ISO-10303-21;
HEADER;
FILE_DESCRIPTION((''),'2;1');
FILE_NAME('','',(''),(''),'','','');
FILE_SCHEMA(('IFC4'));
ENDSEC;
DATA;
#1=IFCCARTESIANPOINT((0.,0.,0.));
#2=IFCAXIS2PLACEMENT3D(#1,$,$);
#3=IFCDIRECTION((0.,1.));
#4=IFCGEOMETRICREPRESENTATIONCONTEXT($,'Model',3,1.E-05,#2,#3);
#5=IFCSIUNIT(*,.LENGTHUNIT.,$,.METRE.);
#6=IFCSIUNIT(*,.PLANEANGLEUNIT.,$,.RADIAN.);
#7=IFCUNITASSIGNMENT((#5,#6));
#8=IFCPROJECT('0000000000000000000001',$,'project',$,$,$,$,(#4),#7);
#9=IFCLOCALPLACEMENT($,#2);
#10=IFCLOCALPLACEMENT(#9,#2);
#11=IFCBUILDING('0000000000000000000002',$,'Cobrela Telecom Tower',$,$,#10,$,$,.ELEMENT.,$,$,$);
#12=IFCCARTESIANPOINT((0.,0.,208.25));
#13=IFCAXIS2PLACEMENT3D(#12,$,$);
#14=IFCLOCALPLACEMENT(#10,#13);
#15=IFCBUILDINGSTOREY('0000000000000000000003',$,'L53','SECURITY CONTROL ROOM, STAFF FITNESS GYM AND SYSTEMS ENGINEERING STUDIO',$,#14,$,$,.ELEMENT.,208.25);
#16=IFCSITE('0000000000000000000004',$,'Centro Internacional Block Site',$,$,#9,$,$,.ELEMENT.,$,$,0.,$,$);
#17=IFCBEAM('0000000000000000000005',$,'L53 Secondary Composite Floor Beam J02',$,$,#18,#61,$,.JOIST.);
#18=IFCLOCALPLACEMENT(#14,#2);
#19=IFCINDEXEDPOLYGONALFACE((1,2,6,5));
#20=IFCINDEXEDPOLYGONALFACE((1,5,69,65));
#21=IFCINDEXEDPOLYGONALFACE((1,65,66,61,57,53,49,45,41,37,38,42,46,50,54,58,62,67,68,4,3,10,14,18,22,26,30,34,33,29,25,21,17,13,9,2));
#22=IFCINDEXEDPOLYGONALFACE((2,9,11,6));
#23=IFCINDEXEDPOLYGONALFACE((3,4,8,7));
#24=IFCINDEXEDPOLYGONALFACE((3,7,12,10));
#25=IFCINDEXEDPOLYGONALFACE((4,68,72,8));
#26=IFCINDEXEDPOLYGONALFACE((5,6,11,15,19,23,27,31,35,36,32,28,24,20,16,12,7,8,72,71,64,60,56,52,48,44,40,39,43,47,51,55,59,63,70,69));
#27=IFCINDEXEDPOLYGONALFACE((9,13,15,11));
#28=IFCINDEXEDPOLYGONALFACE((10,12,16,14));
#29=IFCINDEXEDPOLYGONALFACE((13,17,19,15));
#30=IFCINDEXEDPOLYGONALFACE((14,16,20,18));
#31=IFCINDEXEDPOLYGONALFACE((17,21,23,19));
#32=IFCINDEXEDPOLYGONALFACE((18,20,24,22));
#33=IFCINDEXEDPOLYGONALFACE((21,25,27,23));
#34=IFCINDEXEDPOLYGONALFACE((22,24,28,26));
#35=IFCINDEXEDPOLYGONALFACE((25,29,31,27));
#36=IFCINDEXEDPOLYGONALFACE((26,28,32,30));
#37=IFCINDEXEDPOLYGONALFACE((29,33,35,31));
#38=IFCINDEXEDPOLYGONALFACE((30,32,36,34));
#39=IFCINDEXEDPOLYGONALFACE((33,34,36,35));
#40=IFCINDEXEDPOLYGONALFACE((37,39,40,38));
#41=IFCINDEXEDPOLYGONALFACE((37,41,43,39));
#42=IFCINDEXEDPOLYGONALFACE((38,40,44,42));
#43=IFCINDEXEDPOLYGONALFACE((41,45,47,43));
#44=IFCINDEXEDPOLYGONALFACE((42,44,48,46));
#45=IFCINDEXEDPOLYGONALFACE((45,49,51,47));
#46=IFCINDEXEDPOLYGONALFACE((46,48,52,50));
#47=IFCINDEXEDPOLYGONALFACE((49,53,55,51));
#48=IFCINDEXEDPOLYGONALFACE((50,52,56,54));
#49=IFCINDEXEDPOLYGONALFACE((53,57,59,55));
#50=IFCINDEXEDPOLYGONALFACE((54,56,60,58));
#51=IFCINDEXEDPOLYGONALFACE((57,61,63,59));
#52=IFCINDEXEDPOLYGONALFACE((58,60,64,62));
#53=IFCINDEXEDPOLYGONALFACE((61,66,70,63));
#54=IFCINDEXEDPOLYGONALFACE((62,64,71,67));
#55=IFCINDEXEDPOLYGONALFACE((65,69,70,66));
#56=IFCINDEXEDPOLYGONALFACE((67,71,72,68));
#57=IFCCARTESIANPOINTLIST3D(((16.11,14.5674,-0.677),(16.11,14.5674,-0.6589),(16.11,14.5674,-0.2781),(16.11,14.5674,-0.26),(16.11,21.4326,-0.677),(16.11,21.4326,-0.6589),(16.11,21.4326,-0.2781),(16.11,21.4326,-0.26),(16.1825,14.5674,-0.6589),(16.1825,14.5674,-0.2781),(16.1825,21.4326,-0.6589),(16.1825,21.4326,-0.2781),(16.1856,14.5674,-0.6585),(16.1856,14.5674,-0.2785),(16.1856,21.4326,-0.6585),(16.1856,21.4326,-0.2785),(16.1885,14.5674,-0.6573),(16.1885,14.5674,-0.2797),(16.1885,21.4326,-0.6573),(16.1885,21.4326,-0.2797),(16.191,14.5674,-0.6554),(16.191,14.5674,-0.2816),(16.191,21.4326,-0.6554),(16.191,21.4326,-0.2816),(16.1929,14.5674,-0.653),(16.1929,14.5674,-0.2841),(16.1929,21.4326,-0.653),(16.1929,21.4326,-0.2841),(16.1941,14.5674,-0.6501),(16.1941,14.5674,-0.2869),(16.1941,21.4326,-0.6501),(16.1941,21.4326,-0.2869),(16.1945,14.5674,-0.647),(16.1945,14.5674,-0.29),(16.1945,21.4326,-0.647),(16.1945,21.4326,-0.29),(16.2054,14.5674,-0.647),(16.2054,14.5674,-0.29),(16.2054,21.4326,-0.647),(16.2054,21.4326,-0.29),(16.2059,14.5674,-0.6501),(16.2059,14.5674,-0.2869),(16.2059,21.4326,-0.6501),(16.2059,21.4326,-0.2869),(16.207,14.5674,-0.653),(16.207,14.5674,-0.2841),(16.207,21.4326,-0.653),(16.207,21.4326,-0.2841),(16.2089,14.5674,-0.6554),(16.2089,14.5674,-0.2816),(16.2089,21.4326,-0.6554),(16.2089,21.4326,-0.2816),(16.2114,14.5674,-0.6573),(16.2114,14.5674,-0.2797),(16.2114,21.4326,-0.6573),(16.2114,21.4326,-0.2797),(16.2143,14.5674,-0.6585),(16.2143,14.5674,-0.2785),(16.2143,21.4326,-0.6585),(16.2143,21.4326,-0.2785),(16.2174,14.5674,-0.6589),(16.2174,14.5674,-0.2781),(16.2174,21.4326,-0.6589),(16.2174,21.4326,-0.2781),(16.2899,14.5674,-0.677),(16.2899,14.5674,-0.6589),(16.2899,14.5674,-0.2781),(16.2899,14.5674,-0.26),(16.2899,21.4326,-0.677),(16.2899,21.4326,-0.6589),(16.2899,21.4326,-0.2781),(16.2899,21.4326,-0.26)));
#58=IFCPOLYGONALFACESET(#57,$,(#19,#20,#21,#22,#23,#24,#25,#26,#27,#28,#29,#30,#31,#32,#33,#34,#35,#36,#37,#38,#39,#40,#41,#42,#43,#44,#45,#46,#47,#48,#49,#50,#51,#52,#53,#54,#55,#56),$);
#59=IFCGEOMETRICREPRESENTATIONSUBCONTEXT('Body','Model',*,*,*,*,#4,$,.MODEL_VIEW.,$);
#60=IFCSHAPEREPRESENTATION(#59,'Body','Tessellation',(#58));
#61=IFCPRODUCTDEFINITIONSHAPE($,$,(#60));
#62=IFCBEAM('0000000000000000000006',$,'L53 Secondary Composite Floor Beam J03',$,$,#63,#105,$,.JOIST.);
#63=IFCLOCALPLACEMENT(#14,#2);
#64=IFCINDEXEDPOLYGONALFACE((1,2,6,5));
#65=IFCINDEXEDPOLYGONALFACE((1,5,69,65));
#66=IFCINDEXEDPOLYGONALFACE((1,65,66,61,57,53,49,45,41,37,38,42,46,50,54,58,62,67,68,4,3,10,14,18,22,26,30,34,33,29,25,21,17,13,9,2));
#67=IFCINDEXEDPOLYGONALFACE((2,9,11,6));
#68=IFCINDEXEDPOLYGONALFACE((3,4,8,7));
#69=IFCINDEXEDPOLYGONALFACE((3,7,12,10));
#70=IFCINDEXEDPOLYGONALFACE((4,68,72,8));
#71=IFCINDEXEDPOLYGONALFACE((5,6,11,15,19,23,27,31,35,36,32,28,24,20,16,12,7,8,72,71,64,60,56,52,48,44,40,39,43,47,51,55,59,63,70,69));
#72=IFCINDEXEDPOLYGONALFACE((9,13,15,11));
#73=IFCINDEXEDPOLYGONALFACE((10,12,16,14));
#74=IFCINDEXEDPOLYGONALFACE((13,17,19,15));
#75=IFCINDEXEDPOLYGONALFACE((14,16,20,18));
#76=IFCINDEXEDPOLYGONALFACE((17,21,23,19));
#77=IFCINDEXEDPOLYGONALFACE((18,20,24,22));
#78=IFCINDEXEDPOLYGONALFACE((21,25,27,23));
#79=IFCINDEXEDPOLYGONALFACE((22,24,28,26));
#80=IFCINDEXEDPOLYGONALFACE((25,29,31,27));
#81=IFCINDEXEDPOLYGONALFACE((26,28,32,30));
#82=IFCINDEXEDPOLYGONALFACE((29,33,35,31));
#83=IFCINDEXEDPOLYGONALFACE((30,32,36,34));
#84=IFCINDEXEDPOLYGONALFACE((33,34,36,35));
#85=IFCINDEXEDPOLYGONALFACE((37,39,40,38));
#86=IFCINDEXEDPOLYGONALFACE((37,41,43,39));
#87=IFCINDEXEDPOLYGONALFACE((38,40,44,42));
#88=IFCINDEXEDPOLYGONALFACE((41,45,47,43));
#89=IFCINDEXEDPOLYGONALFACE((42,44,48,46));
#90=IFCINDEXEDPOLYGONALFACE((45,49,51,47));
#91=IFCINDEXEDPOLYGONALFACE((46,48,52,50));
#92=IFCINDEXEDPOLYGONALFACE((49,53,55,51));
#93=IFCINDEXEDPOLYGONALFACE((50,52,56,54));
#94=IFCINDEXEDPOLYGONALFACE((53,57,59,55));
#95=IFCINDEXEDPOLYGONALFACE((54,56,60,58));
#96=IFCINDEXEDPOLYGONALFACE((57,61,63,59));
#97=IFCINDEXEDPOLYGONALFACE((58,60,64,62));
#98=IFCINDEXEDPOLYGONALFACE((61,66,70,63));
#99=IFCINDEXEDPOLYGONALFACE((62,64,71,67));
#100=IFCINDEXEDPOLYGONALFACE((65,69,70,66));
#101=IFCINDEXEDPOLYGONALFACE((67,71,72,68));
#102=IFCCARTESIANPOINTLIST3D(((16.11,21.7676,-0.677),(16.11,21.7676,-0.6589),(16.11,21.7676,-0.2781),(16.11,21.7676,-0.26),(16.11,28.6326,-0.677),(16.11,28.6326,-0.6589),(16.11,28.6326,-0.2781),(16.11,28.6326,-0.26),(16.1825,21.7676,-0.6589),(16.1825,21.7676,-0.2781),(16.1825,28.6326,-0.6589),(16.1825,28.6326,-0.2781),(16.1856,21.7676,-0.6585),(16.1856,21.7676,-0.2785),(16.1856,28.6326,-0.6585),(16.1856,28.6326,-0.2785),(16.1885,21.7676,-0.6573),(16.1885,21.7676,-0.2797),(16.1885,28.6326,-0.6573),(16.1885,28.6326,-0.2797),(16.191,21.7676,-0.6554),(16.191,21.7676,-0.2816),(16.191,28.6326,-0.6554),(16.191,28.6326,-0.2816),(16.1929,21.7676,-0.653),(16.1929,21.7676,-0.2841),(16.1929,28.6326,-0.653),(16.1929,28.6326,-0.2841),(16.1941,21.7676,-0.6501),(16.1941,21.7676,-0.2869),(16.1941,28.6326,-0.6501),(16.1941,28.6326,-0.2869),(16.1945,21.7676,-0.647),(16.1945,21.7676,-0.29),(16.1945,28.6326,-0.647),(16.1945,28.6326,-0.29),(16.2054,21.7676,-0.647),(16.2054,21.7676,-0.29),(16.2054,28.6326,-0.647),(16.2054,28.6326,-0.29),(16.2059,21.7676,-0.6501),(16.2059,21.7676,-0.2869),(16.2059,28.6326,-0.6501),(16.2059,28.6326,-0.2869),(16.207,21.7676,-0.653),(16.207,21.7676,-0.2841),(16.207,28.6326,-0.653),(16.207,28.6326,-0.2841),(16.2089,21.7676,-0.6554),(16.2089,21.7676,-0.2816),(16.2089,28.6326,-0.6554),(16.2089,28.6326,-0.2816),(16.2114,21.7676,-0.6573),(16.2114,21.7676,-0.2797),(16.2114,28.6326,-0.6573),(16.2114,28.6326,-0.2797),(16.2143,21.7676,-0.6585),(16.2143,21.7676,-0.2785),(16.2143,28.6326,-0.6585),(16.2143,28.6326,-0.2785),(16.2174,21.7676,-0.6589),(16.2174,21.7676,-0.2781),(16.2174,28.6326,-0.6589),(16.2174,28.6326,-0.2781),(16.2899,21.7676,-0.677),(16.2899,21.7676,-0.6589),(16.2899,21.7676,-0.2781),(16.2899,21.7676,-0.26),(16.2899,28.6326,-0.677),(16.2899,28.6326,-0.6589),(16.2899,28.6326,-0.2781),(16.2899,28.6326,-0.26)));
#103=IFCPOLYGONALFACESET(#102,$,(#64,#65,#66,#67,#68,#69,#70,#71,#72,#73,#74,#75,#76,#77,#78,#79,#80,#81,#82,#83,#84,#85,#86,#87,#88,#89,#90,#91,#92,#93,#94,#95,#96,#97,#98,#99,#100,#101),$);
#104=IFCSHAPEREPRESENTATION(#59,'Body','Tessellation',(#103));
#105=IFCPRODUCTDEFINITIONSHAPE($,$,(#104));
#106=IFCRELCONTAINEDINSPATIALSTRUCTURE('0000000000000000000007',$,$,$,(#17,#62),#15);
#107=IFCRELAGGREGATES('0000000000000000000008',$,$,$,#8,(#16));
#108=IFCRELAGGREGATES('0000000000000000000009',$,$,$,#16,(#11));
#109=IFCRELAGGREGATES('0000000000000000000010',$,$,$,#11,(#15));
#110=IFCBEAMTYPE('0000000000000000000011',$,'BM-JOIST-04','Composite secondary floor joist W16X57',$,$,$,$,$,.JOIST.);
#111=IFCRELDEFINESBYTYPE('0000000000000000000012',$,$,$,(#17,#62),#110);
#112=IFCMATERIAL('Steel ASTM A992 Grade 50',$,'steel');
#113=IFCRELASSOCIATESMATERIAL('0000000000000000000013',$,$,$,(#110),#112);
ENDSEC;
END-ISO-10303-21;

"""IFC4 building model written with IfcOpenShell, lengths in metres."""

from ifc_helpers import new_model, si_unit, direction, frame, origin, origin_2d, place, context, subcontext, project, spatial, i_section, extrude, material, material_profile, profile_set, type_object, element, save


model = new_model("IFC4")

# Units and contexts
model_context = context("Model", 3, precision=1e-05, world=origin(), true_north=direction((0.0, 1.0)))
body_context = subcontext(model_context, "Body", "Model", "MODEL_VIEW")
ifc_project = project(units=[si_unit("LENGTHUNIT", "METRE"), si_unit("PLANEANGLEUNIT", "RADIAN")], contexts=[model_context])

# Site, building, storey
site_placement = place(None, origin())
site = spatial("IfcSite", under=ifc_project, at=site_placement, Name="Centro Internacional Block Site", CompositionType="ELEMENT", RefElevation=0.0)
building_placement = place(site_placement, origin())
building = spatial("IfcBuilding", under=site, at=building_placement, Name="Cobrela Telecom Tower", CompositionType="ELEMENT")
storey_placement = place(building_placement, frame((0.0, 0.0, 208.25)))
storey = spatial("IfcBuildingStorey", under=building, at=storey_placement, Name="L53", Description="SECURITY CONTROL ROOM, STAFF FITNESS GYM AND SYSTEMS ENGINEERING STUDIO", CompositionType="ELEMENT", Elevation=208.25)

# Beams
ifc_material_1 = material(Name="Steel ASTM A992 Grade 50", Category="steel")
ifc_material_profile_1 = material_profile(ifc_material_1, i_section(OverallWidth=0.1799, OverallDepth=0.417, WebThickness=0.011, FlangeThickness=0.0181, FilletRadius=0.012, at=origin_2d()), Name="W16X57")
ifc_profile_set_1 = profile_set([ifc_material_profile_1], Name="Steel ASTM A992 Grade 50")
beam_type_1 = type_object("IfcBeamType", Name="BM-JOIST-04", Description="Composite secondary floor joist W16X57", PredefinedType="JOIST", material=ifc_profile_set_1)
beam_1_placement = place(storey_placement, frame((16.2, 14.5674, -0.4685), z_axis=(0.0, 1.0, 0.0), x_axis=(-1.0, 0.0, 0.0)))
element("IfcBeam", 1, at=beam_1_placement, inside=storey, type_object=beam_type_1, Name="L53 Secondary Composite Floor Beam J02", PredefinedType="JOIST", context=body_context, shape_type="SweptSolid", body=[
    extrude(i_section(OverallWidth=0.1799, OverallDepth=0.417, WebThickness=0.011, FlangeThickness=0.0181, FilletRadius=0.012, at=origin_2d()), origin(), (0.0, 0.0, 1.0), 6.8652),
])
beam_2_placement = place(storey_placement, frame((16.2, 21.7676, -0.4685), z_axis=(0.0, 1.0, 0.0), x_axis=(-1.0, 0.0, 0.0)))
element("IfcBeam", 2, at=beam_2_placement, inside=storey, type_object=beam_type_1, Name="L53 Secondary Composite Floor Beam J03", PredefinedType="JOIST", context=body_context, shape_type="SweptSolid", body=[
    extrude(i_section(OverallWidth=0.1799, OverallDepth=0.417, WebThickness=0.011, FlangeThickness=0.0181, FilletRadius=0.012, at=origin_2d()), origin(), (0.0, 0.0, 1.0), 6.865),
])

save(model, "model.ifc")
